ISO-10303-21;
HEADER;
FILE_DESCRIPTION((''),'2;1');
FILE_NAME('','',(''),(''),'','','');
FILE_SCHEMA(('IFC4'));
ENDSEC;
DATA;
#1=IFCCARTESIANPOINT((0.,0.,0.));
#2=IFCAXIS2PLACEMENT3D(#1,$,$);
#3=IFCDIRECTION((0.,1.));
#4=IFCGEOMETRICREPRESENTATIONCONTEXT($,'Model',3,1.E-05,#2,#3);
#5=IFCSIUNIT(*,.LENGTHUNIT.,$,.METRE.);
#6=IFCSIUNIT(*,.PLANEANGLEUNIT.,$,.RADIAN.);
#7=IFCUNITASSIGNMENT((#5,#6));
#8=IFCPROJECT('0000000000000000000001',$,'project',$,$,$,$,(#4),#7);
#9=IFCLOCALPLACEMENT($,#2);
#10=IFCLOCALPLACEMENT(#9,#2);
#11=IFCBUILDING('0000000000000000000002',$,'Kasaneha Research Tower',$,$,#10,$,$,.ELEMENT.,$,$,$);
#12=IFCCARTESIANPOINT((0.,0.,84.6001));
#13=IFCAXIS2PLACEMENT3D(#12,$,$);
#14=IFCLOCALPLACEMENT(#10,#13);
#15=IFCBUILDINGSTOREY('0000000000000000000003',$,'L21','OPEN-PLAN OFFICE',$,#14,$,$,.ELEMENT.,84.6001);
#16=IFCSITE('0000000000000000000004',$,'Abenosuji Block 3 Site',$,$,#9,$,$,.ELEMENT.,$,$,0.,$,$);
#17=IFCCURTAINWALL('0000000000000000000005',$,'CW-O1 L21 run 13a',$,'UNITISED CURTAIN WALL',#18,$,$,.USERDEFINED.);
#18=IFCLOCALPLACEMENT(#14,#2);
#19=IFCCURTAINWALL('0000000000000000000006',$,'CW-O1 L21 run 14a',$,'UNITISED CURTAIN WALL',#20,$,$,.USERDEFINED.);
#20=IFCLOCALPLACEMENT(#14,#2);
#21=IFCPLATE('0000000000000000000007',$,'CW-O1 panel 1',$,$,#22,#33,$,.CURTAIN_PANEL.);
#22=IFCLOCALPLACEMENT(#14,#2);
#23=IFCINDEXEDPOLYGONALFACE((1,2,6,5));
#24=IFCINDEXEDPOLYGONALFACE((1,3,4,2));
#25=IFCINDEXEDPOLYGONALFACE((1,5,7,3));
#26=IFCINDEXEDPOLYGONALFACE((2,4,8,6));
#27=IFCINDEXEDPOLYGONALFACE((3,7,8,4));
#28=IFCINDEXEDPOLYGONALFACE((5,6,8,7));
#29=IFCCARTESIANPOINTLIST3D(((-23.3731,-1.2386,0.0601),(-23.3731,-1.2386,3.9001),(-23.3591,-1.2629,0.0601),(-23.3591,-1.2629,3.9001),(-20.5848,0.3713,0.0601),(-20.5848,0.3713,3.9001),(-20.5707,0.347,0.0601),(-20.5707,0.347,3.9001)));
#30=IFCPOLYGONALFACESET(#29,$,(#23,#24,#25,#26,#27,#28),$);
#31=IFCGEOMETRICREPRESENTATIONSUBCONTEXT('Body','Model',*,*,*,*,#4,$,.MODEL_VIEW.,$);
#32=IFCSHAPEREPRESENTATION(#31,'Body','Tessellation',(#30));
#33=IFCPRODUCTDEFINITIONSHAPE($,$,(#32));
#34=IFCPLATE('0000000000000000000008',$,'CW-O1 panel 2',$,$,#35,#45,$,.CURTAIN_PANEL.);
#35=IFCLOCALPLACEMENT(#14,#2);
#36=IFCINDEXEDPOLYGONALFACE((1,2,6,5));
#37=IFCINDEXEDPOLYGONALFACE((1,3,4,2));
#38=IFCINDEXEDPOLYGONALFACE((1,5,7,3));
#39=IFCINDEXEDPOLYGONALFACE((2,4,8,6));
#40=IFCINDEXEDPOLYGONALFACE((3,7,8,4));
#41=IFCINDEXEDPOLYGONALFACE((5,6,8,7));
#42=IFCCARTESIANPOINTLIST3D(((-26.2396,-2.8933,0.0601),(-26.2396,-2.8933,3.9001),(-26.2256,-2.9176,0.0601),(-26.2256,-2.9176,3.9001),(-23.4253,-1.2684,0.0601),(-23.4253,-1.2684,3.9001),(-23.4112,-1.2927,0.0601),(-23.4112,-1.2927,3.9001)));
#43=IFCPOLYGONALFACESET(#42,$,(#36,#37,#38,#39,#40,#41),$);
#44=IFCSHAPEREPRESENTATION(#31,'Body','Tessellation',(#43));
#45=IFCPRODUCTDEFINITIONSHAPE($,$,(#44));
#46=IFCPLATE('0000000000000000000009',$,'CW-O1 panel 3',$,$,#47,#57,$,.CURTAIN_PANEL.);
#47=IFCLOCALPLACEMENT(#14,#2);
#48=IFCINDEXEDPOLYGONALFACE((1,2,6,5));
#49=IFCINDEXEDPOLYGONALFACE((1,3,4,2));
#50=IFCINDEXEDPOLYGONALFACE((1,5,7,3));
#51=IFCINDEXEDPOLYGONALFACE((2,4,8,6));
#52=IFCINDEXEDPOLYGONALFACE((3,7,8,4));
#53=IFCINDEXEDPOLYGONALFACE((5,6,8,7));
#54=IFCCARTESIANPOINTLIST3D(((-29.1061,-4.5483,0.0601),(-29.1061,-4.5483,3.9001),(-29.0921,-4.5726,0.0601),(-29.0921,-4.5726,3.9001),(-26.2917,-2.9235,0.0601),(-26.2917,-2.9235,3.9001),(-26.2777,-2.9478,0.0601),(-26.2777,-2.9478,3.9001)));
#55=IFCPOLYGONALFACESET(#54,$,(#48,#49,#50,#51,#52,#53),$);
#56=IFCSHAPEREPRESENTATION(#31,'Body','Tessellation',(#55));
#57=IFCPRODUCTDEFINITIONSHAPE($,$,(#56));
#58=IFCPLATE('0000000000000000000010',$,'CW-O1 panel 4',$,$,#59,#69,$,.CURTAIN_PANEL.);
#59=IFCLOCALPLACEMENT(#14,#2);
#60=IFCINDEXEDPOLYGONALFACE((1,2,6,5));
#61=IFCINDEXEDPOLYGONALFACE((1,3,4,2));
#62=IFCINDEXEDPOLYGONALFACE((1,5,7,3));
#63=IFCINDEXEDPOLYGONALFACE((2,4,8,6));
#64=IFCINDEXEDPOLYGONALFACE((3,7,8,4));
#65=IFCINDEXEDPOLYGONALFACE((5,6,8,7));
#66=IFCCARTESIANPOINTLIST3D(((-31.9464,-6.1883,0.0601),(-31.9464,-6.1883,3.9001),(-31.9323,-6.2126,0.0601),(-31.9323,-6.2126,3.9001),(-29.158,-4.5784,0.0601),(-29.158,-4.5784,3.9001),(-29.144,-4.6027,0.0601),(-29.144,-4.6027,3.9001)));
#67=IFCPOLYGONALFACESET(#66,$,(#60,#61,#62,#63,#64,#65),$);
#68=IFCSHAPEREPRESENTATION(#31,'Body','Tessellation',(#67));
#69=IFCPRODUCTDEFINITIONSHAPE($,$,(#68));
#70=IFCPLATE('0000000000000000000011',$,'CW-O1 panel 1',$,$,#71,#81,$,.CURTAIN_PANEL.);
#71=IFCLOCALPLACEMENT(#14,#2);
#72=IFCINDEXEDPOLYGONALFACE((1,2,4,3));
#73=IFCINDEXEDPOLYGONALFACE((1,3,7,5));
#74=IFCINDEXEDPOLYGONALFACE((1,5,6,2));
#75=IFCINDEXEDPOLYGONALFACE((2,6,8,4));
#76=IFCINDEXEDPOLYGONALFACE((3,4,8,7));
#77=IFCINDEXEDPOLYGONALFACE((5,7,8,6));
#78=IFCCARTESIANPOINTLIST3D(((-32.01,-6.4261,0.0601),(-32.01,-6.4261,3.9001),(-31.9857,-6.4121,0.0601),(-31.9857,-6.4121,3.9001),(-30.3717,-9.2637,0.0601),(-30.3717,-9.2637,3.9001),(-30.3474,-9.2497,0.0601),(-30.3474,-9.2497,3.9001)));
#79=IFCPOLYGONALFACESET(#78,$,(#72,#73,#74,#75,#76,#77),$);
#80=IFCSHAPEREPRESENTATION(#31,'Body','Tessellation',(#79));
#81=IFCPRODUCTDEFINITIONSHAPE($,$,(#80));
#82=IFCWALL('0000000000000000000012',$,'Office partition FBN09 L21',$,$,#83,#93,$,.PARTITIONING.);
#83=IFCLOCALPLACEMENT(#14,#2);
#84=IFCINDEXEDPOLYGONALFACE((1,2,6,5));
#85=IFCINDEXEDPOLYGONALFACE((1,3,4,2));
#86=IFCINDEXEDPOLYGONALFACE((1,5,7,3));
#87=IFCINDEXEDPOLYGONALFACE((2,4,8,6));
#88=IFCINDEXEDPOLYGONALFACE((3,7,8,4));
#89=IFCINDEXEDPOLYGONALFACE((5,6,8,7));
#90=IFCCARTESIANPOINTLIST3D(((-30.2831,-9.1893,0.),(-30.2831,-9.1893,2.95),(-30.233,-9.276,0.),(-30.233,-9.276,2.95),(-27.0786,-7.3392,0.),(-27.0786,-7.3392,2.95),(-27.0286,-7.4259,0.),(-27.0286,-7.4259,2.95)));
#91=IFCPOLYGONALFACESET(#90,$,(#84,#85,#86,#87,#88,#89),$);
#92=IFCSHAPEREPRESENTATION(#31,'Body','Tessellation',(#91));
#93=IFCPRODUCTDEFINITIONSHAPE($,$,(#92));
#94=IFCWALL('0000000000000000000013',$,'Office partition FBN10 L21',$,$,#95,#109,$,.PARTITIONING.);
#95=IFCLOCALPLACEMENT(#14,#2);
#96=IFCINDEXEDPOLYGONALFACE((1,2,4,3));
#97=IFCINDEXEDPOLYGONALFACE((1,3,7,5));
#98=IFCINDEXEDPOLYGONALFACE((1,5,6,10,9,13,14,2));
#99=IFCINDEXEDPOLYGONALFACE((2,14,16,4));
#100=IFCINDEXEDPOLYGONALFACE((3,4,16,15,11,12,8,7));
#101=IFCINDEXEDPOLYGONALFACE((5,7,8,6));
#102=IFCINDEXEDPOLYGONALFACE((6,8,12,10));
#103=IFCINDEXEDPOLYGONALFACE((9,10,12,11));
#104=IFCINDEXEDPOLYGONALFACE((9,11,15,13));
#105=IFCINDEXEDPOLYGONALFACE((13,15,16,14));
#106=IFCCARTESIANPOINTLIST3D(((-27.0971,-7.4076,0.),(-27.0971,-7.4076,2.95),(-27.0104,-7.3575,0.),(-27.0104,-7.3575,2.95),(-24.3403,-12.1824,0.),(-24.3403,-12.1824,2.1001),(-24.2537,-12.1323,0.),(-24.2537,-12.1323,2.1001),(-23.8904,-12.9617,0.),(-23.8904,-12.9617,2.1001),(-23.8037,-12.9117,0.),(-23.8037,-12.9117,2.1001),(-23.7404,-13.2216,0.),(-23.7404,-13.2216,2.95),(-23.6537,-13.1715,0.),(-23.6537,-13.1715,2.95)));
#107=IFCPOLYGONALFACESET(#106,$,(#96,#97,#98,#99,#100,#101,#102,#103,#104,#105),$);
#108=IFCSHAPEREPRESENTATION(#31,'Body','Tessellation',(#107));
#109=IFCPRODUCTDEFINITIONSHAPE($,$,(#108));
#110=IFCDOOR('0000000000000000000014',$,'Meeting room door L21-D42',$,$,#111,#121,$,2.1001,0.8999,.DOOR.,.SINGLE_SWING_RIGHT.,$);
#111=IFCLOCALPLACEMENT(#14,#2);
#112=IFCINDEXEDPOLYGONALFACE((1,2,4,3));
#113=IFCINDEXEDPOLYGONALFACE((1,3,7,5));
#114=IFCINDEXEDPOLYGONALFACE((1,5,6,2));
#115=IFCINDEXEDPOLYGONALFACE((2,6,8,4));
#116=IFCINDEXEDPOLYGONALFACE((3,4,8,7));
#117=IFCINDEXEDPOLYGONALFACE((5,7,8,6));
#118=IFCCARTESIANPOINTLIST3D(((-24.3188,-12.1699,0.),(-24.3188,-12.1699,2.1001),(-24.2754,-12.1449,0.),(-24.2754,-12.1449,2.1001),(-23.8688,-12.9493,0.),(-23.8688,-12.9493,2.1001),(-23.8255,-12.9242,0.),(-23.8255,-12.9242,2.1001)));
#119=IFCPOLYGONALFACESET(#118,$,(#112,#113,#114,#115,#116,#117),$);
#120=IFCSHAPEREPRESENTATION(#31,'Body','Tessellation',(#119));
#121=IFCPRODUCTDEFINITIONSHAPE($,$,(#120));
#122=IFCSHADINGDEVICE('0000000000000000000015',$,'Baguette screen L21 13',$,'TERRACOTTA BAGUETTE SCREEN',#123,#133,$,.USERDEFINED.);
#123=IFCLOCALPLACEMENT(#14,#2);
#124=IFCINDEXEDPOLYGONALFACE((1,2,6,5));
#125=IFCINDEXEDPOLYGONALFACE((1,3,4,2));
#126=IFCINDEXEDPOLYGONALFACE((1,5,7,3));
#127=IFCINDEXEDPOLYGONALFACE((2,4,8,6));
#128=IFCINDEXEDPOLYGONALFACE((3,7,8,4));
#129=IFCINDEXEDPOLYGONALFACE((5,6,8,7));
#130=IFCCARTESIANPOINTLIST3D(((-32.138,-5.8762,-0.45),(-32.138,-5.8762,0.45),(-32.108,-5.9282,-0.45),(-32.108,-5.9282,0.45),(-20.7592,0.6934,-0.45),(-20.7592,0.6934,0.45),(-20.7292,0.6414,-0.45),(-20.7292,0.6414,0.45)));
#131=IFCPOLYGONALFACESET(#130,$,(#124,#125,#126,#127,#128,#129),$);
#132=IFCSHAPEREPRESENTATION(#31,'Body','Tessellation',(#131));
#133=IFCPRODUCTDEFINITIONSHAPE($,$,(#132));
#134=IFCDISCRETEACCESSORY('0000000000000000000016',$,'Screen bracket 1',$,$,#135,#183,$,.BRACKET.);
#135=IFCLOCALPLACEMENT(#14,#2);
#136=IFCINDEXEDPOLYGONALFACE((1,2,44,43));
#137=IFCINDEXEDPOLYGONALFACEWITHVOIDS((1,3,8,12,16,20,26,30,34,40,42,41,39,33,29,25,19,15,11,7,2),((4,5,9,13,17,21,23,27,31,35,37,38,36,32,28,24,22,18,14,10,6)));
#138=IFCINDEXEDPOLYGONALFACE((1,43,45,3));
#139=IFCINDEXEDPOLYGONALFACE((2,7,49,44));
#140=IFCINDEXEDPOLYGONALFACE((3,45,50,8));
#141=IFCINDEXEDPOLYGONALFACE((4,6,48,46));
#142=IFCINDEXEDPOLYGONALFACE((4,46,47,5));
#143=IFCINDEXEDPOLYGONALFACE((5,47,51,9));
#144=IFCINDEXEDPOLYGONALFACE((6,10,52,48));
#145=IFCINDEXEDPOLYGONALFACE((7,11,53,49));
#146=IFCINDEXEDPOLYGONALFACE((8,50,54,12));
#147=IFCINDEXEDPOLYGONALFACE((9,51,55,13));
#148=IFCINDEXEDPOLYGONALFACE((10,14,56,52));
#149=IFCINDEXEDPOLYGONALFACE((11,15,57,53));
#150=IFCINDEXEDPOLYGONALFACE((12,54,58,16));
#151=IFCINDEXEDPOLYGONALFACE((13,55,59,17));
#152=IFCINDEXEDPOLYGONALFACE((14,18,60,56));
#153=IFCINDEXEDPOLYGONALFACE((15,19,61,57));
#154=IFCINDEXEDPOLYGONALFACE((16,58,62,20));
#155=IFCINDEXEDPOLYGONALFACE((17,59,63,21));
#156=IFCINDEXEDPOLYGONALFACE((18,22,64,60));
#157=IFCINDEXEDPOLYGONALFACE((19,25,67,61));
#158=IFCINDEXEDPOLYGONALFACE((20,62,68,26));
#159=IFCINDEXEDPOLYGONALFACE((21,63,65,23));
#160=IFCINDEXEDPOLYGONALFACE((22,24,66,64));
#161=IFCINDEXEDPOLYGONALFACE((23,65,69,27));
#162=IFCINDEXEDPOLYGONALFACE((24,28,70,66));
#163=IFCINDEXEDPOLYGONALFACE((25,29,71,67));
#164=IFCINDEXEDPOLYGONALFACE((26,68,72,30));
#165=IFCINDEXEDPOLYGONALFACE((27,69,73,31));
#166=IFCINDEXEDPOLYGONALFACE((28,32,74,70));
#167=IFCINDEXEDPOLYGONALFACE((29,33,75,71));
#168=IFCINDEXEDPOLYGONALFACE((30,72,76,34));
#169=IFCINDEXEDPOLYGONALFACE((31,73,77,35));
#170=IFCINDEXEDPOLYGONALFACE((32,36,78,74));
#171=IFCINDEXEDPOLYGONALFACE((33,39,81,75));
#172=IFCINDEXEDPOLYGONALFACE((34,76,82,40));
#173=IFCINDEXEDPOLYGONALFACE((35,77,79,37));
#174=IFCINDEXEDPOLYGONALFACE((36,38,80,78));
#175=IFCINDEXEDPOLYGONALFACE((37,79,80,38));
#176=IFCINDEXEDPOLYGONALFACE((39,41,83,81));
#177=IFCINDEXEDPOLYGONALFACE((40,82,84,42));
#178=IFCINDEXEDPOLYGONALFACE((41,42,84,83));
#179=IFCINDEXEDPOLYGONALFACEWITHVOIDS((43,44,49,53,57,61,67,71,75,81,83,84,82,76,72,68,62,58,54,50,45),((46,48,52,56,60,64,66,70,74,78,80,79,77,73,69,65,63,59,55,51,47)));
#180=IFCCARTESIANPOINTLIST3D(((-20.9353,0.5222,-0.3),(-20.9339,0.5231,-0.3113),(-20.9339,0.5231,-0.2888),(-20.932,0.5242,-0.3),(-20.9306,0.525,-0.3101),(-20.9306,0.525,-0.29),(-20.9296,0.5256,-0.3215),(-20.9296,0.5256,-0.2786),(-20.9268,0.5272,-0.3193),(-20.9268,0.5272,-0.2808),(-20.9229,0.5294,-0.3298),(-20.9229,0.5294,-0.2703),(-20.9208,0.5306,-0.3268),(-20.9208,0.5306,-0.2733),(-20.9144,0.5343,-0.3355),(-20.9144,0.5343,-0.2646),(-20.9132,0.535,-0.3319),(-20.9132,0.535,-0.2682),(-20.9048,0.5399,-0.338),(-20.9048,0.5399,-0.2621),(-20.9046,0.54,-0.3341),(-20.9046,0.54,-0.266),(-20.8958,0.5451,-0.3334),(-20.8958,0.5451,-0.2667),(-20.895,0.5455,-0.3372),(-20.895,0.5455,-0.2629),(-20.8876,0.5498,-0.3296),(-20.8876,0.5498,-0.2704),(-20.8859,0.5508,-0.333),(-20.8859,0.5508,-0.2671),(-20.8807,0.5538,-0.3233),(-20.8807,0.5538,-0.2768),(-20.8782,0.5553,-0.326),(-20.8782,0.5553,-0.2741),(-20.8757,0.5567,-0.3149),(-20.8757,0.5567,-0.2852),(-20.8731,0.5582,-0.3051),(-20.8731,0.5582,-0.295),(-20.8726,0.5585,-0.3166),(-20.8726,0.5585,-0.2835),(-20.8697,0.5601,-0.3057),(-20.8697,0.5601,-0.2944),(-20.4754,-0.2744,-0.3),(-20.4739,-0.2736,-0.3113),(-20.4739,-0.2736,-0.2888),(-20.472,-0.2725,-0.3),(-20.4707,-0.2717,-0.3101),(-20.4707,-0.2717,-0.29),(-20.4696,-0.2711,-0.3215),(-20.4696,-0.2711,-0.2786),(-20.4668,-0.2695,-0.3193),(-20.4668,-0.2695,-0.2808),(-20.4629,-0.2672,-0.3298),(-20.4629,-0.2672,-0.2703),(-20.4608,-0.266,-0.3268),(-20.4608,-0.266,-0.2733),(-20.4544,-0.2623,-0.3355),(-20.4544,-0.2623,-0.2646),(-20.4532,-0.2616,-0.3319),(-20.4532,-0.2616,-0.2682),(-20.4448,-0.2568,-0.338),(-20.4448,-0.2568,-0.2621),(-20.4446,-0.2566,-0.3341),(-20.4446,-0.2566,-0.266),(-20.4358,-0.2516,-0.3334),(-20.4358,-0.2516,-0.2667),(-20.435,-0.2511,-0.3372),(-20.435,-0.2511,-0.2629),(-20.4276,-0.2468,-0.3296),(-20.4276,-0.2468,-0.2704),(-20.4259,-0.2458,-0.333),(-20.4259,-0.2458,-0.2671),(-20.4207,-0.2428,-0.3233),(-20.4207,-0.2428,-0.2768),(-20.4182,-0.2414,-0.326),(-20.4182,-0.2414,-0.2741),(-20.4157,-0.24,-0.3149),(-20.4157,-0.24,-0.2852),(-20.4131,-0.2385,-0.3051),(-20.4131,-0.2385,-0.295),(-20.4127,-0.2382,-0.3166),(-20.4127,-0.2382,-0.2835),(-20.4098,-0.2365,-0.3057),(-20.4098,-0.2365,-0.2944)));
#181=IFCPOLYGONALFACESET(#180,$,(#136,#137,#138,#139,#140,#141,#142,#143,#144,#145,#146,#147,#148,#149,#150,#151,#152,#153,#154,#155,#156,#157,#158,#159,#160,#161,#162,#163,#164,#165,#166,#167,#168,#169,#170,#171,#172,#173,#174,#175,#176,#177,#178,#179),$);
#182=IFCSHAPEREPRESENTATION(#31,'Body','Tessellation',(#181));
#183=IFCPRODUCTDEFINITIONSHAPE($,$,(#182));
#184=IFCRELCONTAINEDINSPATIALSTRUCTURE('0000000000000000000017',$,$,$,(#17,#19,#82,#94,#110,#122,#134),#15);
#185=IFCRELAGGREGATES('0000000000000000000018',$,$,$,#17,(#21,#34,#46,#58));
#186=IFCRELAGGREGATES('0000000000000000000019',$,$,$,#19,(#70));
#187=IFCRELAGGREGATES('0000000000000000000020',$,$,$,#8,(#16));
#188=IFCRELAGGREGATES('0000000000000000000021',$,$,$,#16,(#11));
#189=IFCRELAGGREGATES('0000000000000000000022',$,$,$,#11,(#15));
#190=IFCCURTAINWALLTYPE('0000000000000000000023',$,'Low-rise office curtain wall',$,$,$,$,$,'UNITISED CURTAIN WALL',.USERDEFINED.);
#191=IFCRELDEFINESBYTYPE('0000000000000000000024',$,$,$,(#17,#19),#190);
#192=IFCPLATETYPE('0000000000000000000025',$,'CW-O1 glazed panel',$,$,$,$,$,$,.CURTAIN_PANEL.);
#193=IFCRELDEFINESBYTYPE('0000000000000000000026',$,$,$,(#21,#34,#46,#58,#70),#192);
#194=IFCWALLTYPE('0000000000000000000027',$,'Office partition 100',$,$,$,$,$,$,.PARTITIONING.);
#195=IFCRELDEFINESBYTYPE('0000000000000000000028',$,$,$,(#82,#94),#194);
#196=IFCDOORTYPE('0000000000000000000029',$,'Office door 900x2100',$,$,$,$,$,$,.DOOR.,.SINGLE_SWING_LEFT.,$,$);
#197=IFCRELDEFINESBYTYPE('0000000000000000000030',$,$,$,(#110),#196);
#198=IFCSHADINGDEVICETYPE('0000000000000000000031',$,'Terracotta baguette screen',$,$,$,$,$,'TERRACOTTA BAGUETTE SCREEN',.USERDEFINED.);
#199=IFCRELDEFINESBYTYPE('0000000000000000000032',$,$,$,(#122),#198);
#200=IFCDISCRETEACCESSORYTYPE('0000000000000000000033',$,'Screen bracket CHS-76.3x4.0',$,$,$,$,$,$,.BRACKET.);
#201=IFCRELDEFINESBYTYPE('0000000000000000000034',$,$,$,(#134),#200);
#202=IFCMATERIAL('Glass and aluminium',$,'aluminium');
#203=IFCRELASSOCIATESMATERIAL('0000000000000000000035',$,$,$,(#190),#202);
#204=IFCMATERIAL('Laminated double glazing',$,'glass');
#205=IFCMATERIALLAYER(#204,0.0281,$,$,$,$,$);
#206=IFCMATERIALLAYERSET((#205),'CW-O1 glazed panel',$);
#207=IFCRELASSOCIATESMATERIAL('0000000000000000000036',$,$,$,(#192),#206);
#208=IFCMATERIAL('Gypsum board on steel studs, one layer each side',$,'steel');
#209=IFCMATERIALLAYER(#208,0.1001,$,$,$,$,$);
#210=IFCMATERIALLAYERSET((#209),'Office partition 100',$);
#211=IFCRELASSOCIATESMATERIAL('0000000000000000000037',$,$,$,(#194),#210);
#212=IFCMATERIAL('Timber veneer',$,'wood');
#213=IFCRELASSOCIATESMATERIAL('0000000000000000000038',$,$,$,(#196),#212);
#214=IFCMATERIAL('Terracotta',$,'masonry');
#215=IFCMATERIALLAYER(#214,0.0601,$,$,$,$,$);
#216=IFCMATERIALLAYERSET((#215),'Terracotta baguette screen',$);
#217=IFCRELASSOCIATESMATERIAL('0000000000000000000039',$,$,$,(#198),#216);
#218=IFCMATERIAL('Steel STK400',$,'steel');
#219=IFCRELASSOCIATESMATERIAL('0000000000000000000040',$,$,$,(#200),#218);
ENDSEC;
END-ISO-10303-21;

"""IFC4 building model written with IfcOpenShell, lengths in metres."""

from ifc_helpers import new_model, si_unit, direction, frame, frame_2d, origin, origin_2d, place, context, subcontext, project, spatial, rectangle, hollow_circle, extrude, material, layer, layer_set, material_profile, profile_set, type_object, element, fill, aggregate, save


model = new_model("IFC4")

# Units and contexts
model_context = context("Model", 3, precision=1e-05, world=origin(), true_north=direction((0.0, 1.0)))
body_context = subcontext(model_context, "Body", "Model", "MODEL_VIEW")
ifc_project = project(units=[si_unit("LENGTHUNIT", "METRE"), si_unit("PLANEANGLEUNIT", "RADIAN")], contexts=[model_context])

# Site, building, storey
site_placement = place(None, origin())
site = spatial("IfcSite", under=ifc_project, at=site_placement, Name="Abenosuji Block 3 Site", CompositionType="ELEMENT", RefElevation=0.0)
building_placement = place(site_placement, origin())
building = spatial("IfcBuilding", under=site, at=building_placement, Name="Kasaneha Research Tower", CompositionType="ELEMENT")
storey_placement = place(building_placement, frame((0.0, 0.0, 84.6001)))
storey = spatial("IfcBuildingStorey", under=building, at=storey_placement, Name="L21", Description="OPEN-PLAN OFFICE", CompositionType="ELEMENT", Elevation=84.6001)

# Curtain walls
ifc_material_1 = material(Name="Glass and aluminium", Category="aluminium")
curtain_wall_type = type_object("IfcCurtainWallType", Name="Low-rise office curtain wall", ElementType="UNITISED CURTAIN WALL", PredefinedType="USERDEFINED", material=ifc_material_1)
curtain_wall_1_placement = place(storey_placement, origin())
curtain_wall_1 = element("IfcCurtainWall", 1, at=curtain_wall_1_placement, inside=storey, type_object=curtain_wall_type, Name="CW-O1 L21 run 13a", ObjectType="UNITISED CURTAIN WALL", PredefinedType="USERDEFINED")
curtain_wall_2_placement = place(storey_placement, origin())
curtain_wall_2 = element("IfcCurtainWall", 2, at=curtain_wall_2_placement, inside=storey, type_object=curtain_wall_type, Name="CW-O1 L21 run 14a", ObjectType="UNITISED CURTAIN WALL", PredefinedType="USERDEFINED")

# Plates
ifc_material_2 = material(Name="Laminated double glazing", Category="glass")
ifc_layer_1 = layer(ifc_material_2, 0.0281)
ifc_layer_set_1 = layer_set([ifc_layer_1], Name="CW-O1 glazed panel")
plate_type = type_object("IfcPlateType", Name="CW-O1 glazed panel", PredefinedType="CURTAIN_PANEL", material=ifc_layer_set_1)
plate_1_placement = place(storey_placement, frame((-21.9719, -0.4458, 0.0601), z_axis=(0.0, 0.0, 1.0), x_axis=(-0.866025, -0.5, 0.0)))
plate_1 = element("IfcPlate", 3, at=plate_1_placement, type_object=plate_type, Name="CW-O1 panel 1", PredefinedType="CURTAIN_PANEL", context=body_context, shape_type="SweptSolid", body=[
    extrude(rectangle(XDim=3.2197, YDim=0.0281, at=origin_2d()), origin(), (0.0, 0.0, 1.0), 3.8401),
])
plate_2_placement = place(storey_placement, frame((-24.8254, -2.093, 0.0601), z_axis=(0.0, 0.0, 1.0), x_axis=(-0.866025, -0.5, 0.0)))
plate_2 = element("IfcPlate", 4, at=plate_2_placement, type_object=plate_type, Name="CW-O1 panel 2", PredefinedType="CURTAIN_PANEL", context=body_context, shape_type="SweptSolid", body=[
    extrude(rectangle(XDim=3.2498, YDim=0.0281, at=origin_2d()), origin(), (0.0, 0.0, 1.0), 3.8401),
])
plate_3_placement = place(storey_placement, frame((-27.6919, -3.748, 0.0601), z_axis=(0.0, 0.0, 1.0), x_axis=(-0.866025, -0.5, 0.0)))
plate_3 = element("IfcPlate", 5, at=plate_3_placement, type_object=plate_type, Name="CW-O1 panel 3", PredefinedType="CURTAIN_PANEL", context=body_context, shape_type="SweptSolid", body=[
    extrude(rectangle(XDim=3.2498, YDim=0.0281, at=origin_2d()), origin(), (0.0, 0.0, 1.0), 3.8401),
])
plate_4_placement = place(storey_placement, frame((-30.5452, -5.3955, 0.0601), z_axis=(0.0, 0.0, 1.0), x_axis=(-0.866025, -0.5, 0.0)))
plate_4 = element("IfcPlate", 6, at=plate_4_placement, type_object=plate_type, Name="CW-O1 panel 4", PredefinedType="CURTAIN_PANEL", context=body_context, shape_type="SweptSolid", body=[
    extrude(rectangle(XDim=3.2197, YDim=0.0281, at=origin_2d()), origin(), (0.0, 0.0, 1.0), 3.8401),
])
aggregate(curtain_wall_1, [plate_1, plate_2, plate_3, plate_4])
plate_5_placement = place(storey_placement, frame((-31.1787, -7.8379, 0.0601), z_axis=(0.0, 0.0, 1.0), x_axis=(0.5, -0.866025, 0.0)))
plate_5 = element("IfcPlate", 7, at=plate_5_placement, type_object=plate_type, Name="CW-O1 panel 1", PredefinedType="CURTAIN_PANEL", context=body_context, shape_type="SweptSolid", body=[
    extrude(rectangle(XDim=3.2766, YDim=0.0281, at=origin_2d()), origin(), (0.0, 0.0, 1.0), 3.8401),
])
aggregate(curtain_wall_2, [plate_5])

# Wall
ifc_material_3 = material(Name="Gypsum board on steel studs, one layer each side", Category="steel")
ifc_layer_2 = layer(ifc_material_3, 0.1001)
ifc_layer_set_2 = layer_set([ifc_layer_2], Name="Office partition 100")
wall_type = type_object("IfcWallType", Name="Office partition 100", PredefinedType="PARTITIONING", material=ifc_layer_set_2)
wall_1_placement = place(storey_placement, frame((-30.2581, -9.2327, 0.0), z_axis=(0.0, 0.0, 1.0), x_axis=(0.866017, 0.500014, 0.0)))
element("IfcWall", 8, at=wall_1_placement, inside=storey, type_object=wall_type, Name="Office partition FBN09 L21", PredefinedType="PARTITIONING", context=body_context, shape_type="SweptSolid", body=[
    extrude(rectangle(XDim=3.7002, YDim=0.1001, at=frame_2d((1.8501, 0.0))), origin(), (0.0, 0.0, 1.0), 2.95),
])

# Wall, opening, door
wall_2_placement = place(storey_placement, frame((-27.0537, -7.3826, 0.0), z_axis=(0.0, 0.0, 1.0), x_axis=(0.499999, -0.866026, 0.0)))
wall_2 = element("IfcWall", 9, at=wall_2_placement, inside=storey, type_object=wall_type, Name="Office partition FBN10 L21", PredefinedType="PARTITIONING", context=body_context, shape_type="SweptSolid", body=[
    extrude(rectangle(XDim=6.7134, YDim=0.1001, at=frame_2d((3.3567, 0.0))), origin(), (0.0, 0.0, 1.0), 2.95),
])
opening_placement = place(wall_2_placement, frame((5.5134, 0.0, 0.0)))
opening = element("IfcOpeningElement", 10, at=opening_placement, cuts=wall_2, PredefinedType="OPENING", context=body_context, shape_type="SweptSolid", body=[
    extrude(rectangle(XDim=0.8999, YDim=2.1001, at=frame_2d((0.45, 1.05))), frame((0.0, 0.0601, 0.0), z_axis=(0.0, -1.0, 0.0), x_axis=(1.0, 0.0, 0.0)), (0.0, 0.0, 1.0), 0.1201),
])
ifc_material_4 = material(Name="Timber veneer", Category="wood")
door_type = type_object("IfcDoorType", Name="Office door 900x2100", OperationType="SINGLE_SWING_LEFT", PredefinedType="DOOR", material=ifc_material_4)
door_placement = place(opening_placement, origin())
door = element("IfcDoor", 11, at=door_placement, inside=storey, type_object=door_type, Name="Meeting room door L21-D42", OperationType="SINGLE_SWING_RIGHT", OverallHeight=2.1001, OverallWidth=0.8999, PredefinedType="DOOR", context=body_context, shape_type="SweptSolid", body=[
    extrude(rectangle(XDim=0.8999, YDim=2.1001, at=frame_2d((0.45, 1.05))), frame((0.0, 0.0249, 0.0), z_axis=(0.0, -1.0, 0.0), x_axis=(1.0, 0.0, 0.0)), (0.0, 0.0, 1.0), 0.05),
])
fill(opening, door)

# Shading device
ifc_material_5 = material(Name="Terracotta", Category="masonry")
ifc_layer_3 = layer(ifc_material_5, 0.0601)
ifc_layer_set_3 = layer_set([ifc_layer_3], Name="Terracotta baguette screen")
shading_device_type = type_object("IfcShadingDeviceType", Name="Terracotta baguette screen", ElementType="TERRACOTTA BAGUETTE SCREEN", PredefinedType="USERDEFINED", material=ifc_layer_set_3)
shading_device_placement = place(storey_placement, frame((-26.4336, -2.6174, -0.45), z_axis=(0.0, 0.0, 1.0), x_axis=(-0.866025, -0.5, 0.0)))
element("IfcShadingDevice", 12, at=shading_device_placement, inside=storey, type_object=shading_device_type, Name="Baguette screen L21 13", ObjectType="TERRACOTTA BAGUETTE SCREEN", PredefinedType="USERDEFINED", context=body_context, shape_type="SweptSolid", body=[
    extrude(rectangle(XDim=13.1392, YDim=0.0601, at=origin_2d()), origin(), (0.0, 0.0, 1.0), 0.8999),
])

# Discrete accessory
ifc_material_6 = material(Name="Steel STK400", Category="steel")
ifc_material_profile_1 = material_profile(ifc_material_6, hollow_circle(Radius=0.0381, WallThickness=0.0039, at=origin_2d()), Name="CHS-76.3x4.0")
ifc_profile_set_1 = profile_set([ifc_material_profile_1], Name="Steel STK400")
discrete_accessory_type = type_object("IfcDiscreteAccessoryType", Name="Screen bracket CHS-76.3x4.0", PredefinedType="BRACKET", material=ifc_profile_set_1)
discrete_accessory_1_placement = place(storey_placement, frame((-20.4424, -0.2554, -0.3), z_axis=(-0.500021, 0.866013, 0.0), x_axis=(-0.866013, -0.500021, 0.0)))
element("IfcDiscreteAccessory", 13, at=discrete_accessory_1_placement, inside=storey, type_object=discrete_accessory_type, Name="Screen bracket 1", PredefinedType="BRACKET", context=body_context, shape_type="SweptSolid", body=[
    extrude(hollow_circle(Radius=0.0381, WallThickness=0.0039, at=origin_2d()), origin(), (0.0, 0.0, 1.0), 0.9199),
])

save(model, "model.ifc")
